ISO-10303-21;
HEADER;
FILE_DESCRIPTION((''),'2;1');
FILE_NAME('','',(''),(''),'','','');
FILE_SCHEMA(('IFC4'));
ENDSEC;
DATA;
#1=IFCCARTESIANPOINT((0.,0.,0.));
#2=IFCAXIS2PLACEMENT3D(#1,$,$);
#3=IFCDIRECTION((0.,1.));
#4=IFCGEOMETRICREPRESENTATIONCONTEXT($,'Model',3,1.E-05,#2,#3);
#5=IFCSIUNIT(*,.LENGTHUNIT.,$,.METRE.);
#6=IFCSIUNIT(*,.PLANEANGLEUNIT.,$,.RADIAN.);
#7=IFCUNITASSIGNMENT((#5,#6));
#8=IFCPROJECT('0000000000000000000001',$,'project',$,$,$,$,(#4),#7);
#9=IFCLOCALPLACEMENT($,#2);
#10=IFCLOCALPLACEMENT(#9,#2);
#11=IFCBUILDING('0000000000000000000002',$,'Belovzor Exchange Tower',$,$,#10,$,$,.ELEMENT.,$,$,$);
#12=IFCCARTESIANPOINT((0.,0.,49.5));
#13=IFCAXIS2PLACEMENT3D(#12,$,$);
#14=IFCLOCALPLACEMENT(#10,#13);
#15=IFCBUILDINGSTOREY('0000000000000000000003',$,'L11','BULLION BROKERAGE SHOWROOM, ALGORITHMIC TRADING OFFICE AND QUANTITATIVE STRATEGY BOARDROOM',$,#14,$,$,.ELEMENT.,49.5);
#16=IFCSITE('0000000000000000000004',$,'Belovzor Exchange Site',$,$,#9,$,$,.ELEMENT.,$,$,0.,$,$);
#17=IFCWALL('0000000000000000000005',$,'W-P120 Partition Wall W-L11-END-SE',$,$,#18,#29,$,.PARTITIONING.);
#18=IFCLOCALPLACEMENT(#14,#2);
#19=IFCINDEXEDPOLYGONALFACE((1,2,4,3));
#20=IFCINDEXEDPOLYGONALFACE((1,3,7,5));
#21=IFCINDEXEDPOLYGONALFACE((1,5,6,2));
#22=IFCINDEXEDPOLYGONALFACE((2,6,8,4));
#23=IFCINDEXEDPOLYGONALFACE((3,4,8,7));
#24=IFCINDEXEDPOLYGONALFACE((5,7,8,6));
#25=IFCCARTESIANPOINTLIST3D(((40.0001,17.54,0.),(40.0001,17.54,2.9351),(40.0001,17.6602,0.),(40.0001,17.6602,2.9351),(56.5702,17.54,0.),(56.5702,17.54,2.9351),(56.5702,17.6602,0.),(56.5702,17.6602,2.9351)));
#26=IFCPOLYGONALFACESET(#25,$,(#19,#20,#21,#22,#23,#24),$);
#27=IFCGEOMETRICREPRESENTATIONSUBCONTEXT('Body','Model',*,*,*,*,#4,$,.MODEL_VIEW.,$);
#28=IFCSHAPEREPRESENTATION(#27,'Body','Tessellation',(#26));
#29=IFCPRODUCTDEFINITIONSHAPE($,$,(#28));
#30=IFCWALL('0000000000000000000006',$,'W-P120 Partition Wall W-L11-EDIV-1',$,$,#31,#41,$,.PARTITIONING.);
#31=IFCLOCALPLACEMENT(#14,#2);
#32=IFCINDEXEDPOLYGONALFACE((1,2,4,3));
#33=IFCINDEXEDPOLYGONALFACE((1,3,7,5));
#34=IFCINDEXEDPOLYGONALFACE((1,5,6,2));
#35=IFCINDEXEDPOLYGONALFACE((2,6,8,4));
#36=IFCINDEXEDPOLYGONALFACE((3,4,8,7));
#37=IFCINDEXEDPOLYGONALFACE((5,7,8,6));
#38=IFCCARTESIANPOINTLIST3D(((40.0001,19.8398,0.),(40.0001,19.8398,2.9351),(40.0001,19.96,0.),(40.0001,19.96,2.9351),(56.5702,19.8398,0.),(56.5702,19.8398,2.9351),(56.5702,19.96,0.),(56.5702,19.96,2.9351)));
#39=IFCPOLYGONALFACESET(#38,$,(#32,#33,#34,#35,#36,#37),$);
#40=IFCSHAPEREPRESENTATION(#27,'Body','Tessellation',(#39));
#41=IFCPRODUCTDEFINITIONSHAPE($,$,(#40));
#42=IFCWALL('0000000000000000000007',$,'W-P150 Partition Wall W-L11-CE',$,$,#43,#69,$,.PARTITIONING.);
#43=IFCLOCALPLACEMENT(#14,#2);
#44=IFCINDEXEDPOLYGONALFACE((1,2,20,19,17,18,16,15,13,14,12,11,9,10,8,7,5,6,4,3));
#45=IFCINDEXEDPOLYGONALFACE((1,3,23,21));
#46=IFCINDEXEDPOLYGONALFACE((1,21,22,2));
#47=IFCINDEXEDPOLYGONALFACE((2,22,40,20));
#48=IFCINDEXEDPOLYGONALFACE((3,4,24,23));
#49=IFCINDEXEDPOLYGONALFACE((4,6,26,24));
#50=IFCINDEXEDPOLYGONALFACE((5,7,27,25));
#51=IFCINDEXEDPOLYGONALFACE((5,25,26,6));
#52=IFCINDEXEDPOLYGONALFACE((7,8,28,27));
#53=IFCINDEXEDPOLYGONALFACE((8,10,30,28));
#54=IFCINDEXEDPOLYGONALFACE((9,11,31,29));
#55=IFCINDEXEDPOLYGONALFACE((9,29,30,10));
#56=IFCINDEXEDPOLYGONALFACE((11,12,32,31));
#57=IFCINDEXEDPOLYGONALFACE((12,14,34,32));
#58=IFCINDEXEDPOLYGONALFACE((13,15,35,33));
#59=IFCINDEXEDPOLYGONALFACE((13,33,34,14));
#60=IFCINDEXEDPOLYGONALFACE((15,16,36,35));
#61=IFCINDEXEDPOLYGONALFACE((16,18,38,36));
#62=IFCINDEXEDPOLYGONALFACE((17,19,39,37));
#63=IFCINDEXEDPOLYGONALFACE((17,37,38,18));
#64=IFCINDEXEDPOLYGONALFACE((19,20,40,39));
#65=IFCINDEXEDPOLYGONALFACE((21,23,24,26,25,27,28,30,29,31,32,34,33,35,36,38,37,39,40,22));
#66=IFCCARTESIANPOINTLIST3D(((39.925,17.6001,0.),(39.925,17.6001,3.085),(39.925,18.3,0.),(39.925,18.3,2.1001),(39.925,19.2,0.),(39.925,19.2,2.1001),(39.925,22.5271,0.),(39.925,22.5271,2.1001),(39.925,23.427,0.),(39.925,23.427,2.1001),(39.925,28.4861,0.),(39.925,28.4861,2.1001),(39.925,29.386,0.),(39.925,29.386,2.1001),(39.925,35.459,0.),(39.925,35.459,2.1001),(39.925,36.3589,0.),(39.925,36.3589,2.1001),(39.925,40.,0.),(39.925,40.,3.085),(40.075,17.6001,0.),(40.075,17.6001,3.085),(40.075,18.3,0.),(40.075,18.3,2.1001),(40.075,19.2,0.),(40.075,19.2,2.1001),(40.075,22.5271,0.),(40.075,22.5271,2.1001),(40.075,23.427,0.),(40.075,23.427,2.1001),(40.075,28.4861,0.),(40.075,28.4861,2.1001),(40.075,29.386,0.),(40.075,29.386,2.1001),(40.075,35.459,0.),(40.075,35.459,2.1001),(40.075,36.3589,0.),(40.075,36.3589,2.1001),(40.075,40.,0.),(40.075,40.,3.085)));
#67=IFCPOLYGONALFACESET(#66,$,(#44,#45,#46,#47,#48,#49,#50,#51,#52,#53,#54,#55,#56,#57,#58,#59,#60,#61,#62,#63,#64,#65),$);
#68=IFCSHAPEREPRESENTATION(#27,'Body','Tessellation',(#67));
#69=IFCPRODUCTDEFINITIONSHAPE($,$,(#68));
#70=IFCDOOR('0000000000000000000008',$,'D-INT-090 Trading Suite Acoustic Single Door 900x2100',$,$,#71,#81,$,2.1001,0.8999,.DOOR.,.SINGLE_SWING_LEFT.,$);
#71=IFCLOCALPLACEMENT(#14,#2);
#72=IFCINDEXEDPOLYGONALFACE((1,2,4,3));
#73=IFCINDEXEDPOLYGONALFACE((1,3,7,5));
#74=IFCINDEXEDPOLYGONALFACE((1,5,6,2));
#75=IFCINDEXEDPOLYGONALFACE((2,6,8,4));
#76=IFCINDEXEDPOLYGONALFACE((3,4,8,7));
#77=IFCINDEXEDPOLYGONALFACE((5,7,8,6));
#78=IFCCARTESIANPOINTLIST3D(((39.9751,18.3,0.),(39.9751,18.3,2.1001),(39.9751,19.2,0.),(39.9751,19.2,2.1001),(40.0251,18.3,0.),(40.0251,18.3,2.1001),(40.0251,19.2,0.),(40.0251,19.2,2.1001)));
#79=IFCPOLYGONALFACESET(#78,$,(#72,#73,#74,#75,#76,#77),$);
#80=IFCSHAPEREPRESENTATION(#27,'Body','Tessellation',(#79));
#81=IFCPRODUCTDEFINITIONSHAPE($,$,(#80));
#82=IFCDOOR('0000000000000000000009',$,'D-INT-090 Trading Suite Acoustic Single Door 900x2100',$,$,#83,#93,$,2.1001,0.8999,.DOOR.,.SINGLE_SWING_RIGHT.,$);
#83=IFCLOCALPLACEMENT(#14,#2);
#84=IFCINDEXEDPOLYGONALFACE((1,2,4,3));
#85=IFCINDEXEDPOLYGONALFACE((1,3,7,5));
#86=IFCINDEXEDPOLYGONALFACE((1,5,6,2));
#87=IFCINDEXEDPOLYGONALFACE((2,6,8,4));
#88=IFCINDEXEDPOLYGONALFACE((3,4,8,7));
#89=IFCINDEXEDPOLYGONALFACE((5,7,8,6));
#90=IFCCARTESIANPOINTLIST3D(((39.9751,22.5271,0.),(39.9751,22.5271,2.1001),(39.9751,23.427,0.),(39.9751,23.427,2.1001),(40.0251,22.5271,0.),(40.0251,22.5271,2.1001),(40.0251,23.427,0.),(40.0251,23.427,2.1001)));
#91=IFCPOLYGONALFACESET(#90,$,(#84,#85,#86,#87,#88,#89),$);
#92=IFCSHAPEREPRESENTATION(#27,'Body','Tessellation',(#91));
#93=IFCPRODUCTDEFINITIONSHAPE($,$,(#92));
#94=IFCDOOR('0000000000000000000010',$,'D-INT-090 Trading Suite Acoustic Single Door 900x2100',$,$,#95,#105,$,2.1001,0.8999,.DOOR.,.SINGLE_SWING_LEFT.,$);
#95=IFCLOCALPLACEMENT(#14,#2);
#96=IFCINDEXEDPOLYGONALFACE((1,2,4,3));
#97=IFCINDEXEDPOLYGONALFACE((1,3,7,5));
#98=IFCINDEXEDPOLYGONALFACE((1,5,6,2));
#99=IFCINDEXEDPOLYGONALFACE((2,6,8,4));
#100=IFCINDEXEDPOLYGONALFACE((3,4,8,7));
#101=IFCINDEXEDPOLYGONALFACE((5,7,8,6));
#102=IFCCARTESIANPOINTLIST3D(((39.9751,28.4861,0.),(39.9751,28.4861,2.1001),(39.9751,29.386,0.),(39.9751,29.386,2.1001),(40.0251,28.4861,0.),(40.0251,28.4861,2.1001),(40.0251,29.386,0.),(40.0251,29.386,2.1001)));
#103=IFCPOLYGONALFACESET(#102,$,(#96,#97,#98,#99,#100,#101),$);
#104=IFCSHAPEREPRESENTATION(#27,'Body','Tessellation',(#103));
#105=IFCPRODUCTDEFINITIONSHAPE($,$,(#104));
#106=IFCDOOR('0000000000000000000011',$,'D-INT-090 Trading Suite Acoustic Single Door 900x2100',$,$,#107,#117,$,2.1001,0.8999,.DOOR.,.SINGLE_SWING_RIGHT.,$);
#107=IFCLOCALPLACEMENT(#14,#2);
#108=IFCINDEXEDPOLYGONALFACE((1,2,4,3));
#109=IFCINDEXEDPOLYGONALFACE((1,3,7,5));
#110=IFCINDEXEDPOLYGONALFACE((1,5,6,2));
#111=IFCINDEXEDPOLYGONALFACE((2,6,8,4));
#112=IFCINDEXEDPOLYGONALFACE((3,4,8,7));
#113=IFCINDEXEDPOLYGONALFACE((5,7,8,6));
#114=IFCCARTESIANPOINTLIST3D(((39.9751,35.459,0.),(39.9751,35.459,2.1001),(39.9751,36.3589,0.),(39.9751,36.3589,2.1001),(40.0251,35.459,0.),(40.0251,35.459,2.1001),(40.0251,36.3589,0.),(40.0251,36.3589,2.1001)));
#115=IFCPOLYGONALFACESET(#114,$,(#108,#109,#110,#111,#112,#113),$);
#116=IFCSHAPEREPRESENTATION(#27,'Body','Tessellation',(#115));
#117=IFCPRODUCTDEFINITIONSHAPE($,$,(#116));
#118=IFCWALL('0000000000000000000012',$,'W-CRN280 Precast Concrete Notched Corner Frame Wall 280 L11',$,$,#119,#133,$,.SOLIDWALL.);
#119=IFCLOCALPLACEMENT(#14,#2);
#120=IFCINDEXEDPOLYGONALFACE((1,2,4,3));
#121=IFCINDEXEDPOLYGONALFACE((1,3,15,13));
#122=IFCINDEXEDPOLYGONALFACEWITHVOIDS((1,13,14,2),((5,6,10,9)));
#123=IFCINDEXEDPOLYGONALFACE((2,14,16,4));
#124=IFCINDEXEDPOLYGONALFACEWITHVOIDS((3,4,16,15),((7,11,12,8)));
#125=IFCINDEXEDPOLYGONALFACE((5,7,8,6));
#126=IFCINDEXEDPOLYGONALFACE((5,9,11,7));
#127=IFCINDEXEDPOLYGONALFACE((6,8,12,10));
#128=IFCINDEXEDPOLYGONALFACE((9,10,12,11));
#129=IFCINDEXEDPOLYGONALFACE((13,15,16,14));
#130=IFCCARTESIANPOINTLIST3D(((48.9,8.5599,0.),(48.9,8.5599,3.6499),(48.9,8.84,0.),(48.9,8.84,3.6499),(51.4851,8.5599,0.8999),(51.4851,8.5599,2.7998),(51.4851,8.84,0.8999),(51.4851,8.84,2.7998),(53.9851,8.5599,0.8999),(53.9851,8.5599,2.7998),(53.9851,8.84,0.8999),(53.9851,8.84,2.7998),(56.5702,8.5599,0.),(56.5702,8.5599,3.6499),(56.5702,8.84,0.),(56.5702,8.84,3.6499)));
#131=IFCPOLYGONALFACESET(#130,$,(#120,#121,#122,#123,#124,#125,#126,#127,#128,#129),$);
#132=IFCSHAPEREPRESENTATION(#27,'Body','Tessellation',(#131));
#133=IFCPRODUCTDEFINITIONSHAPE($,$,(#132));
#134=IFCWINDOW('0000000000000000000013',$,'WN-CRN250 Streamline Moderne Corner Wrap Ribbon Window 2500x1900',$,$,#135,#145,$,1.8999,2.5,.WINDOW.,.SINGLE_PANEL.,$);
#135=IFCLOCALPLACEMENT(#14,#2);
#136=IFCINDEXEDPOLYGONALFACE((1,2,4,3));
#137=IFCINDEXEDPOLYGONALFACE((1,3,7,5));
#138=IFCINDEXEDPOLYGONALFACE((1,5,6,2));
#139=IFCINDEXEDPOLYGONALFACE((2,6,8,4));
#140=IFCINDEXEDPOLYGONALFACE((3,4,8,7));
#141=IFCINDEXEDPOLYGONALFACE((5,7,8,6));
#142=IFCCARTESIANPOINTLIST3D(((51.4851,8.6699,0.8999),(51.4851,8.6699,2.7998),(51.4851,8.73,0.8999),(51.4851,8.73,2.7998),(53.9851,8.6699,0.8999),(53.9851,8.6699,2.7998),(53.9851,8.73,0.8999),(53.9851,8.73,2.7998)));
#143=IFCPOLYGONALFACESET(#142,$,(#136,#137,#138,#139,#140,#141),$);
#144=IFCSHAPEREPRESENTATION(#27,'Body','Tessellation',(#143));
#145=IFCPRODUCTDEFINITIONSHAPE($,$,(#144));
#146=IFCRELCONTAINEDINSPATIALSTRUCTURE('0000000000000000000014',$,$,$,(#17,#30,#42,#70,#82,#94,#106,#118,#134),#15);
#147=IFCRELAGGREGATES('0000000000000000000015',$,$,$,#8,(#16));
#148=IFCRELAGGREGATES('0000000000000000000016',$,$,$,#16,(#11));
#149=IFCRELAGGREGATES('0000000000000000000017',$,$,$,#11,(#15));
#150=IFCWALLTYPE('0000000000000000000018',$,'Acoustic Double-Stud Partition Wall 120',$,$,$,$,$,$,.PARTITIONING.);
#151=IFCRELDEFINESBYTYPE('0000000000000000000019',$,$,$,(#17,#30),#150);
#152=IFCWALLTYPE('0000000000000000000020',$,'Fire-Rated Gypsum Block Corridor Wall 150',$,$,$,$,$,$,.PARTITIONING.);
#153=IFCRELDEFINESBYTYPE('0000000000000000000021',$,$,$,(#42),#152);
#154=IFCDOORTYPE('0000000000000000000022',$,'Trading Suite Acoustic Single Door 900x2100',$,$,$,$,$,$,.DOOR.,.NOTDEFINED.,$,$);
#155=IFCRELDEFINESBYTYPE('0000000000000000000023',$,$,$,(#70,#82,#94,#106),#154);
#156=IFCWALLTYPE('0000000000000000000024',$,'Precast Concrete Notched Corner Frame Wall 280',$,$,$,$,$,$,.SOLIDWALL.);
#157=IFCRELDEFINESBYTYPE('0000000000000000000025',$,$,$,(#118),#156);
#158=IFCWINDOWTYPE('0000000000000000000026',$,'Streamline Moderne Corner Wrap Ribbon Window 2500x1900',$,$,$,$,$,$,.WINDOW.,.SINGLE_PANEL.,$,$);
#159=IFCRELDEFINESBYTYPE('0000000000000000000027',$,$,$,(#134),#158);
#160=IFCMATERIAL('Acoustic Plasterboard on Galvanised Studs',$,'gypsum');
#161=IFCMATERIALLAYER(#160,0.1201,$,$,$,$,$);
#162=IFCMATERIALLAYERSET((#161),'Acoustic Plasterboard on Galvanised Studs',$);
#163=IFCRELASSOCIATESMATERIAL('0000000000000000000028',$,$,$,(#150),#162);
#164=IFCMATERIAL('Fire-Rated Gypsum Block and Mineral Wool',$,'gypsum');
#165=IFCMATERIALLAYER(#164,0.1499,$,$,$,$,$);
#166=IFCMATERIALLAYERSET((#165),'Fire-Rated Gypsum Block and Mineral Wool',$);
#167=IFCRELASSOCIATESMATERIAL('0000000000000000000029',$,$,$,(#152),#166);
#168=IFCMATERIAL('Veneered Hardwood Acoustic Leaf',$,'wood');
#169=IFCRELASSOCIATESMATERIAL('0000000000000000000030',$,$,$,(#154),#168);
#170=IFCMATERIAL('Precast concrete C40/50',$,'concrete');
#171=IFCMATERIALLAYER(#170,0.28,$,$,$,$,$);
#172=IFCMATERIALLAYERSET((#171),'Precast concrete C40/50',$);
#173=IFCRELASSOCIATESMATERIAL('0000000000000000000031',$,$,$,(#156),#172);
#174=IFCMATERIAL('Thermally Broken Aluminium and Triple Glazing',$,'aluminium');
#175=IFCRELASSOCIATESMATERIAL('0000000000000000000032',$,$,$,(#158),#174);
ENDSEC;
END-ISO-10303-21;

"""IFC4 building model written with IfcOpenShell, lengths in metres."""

from ifc_helpers import new_model, si_unit, direction, frame, frame_2d, origin, place, context, subcontext, project, spatial, rectangle, extrude, material, layer, layer_set, type_object, element, fill, save


model = new_model("IFC4")

# Units and contexts
model_context = context("Model", 3, precision=1e-05, world=origin(), true_north=direction((0.0, 1.0)))
body_context = subcontext(model_context, "Body", "Model", "MODEL_VIEW")
ifc_project = project(units=[si_unit("LENGTHUNIT", "METRE"), si_unit("PLANEANGLEUNIT", "RADIAN")], contexts=[model_context])

# Site, building, storey
site_placement = place(None, origin())
site = spatial("IfcSite", under=ifc_project, at=site_placement, Name="Belovzor Exchange Site", CompositionType="ELEMENT", RefElevation=0.0)
building_placement = place(site_placement, origin())
building = spatial("IfcBuilding", under=site, at=building_placement, Name="Belovzor Exchange Tower", CompositionType="ELEMENT")
storey_placement = place(building_placement, frame((0.0, 0.0, 49.5)))
storey = spatial("IfcBuildingStorey", under=building, at=storey_placement, Name="L11", Description="BULLION BROKERAGE SHOWROOM, ALGORITHMIC TRADING OFFICE AND QUANTITATIVE STRATEGY BOARDROOM", CompositionType="ELEMENT", Elevation=49.5)

# Walls
ifc_material_1 = material(Name="Acoustic Plasterboard on Galvanised Studs", Category="gypsum")
ifc_layer_1 = layer(ifc_material_1, 0.1201)
ifc_layer_set_1 = layer_set([ifc_layer_1], Name="Acoustic Plasterboard on Galvanised Studs")
wall_type_1 = type_object("IfcWallType", Name="Acoustic Double-Stud Partition Wall 120", PredefinedType="PARTITIONING", material=ifc_layer_set_1)
for number, where, z_axis, x_axis, name in (
    (1, (40.0, 17.6001, 0.0), (0.0, 0.0, 1.0), (1.0, 0.0, 0.0), "W-P120 Partition Wall W-L11-END-SE"),
    (2, (40.0, 19.8999, 0.0), (0.0, 0.0, 1.0), (1.0, 0.0, 0.0), "W-P120 Partition Wall W-L11-EDIV-1"),
):
    element("IfcWall", number, at=place(storey_placement, frame(where, z_axis=z_axis, x_axis=x_axis)), inside=storey, type_object=wall_type_1, Name=name, PredefinedType="PARTITIONING", context=body_context, shape_type="SweptSolid", body=[
        extrude(rectangle(XDim=16.5701, YDim=0.1201, at=frame_2d((8.2852, 0.0))), origin(), (0.0, 0.0, 1.0), 2.9351),
    ])

# Wall, openings, doors
ifc_material_2 = material(Name="Fire-Rated Gypsum Block and Mineral Wool", Category="gypsum")
ifc_layer_2 = layer(ifc_material_2, 0.1499)
ifc_layer_set_2 = layer_set([ifc_layer_2], Name="Fire-Rated Gypsum Block and Mineral Wool")
wall_type_2 = type_object("IfcWallType", Name="Fire-Rated Gypsum Block Corridor Wall 150", PredefinedType="PARTITIONING", material=ifc_layer_set_2)
wall_1_placement = place(storey_placement, frame((40.0, 17.6001, 0.0), z_axis=(0.0, 0.0, 1.0), x_axis=(0.0, 1.0, 0.0)))
wall_1 = element("IfcWall", 3, at=wall_1_placement, inside=storey, type_object=wall_type_2, Name="W-P150 Partition Wall W-L11-CE", PredefinedType="PARTITIONING", context=body_context, shape_type="SweptSolid", body=[
    extrude(rectangle(XDim=22.3999, YDim=0.1499, at=frame_2d((11.2, 0.0))), origin(), (0.0, 0.0, 1.0), 3.085),
])
opening_1_placement = place(wall_1_placement, frame((0.7, 0.0, 0.0)))
opening_1 = element("IfcOpeningElement", 4, at=opening_1_placement, cuts=wall_1, PredefinedType="OPENING", context=body_context, shape_type="SweptSolid", body=[
    extrude(rectangle(XDim=0.8999, YDim=2.1001, at=frame_2d((0.45, 1.05))), frame((0.0, 0.085, 0.0), z_axis=(0.0, -1.0, 0.0), x_axis=(1.0, 0.0, 0.0)), (0.0, 0.0, 1.0), 0.1699),
])
opening_2_placement = place(wall_1_placement, frame((4.927, 0.0, 0.0)))
opening_2 = element("IfcOpeningElement", 5, at=opening_2_placement, cuts=wall_1, PredefinedType="OPENING", context=body_context, shape_type="SweptSolid", body=[
    extrude(rectangle(XDim=0.8999, YDim=2.1001, at=frame_2d((0.45, 1.05))), frame((0.0, 0.085, 0.0), z_axis=(0.0, -1.0, 0.0), x_axis=(1.0, 0.0, 0.0)), (0.0, 0.0, 1.0), 0.1699),
])
opening_3_placement = place(wall_1_placement, frame((10.886, 0.0, 0.0)))
opening_3 = element("IfcOpeningElement", 6, at=opening_3_placement, cuts=wall_1, PredefinedType="OPENING", context=body_context, shape_type="SweptSolid", body=[
    extrude(rectangle(XDim=0.8999, YDim=2.1001, at=frame_2d((0.45, 1.05))), frame((0.0, 0.085, 0.0), z_axis=(0.0, -1.0, 0.0), x_axis=(1.0, 0.0, 0.0)), (0.0, 0.0, 1.0), 0.1699),
])
opening_4_placement = place(wall_1_placement, frame((17.8589, 0.0, 0.0)))
opening_4 = element("IfcOpeningElement", 7, at=opening_4_placement, cuts=wall_1, PredefinedType="OPENING", context=body_context, shape_type="SweptSolid", body=[
    extrude(rectangle(XDim=0.8999, YDim=2.1001, at=frame_2d((0.45, 1.05))), frame((0.0, 0.085, 0.0), z_axis=(0.0, -1.0, 0.0), x_axis=(1.0, 0.0, 0.0)), (0.0, 0.0, 1.0), 0.1699),
])
ifc_material_3 = material(Name="Veneered Hardwood Acoustic Leaf", Category="wood")
door_type_1 = type_object("IfcDoorType", Name="Trading Suite Acoustic Single Door 900x2100", OperationType="NOTDEFINED", PredefinedType="DOOR", material=ifc_material_3)
door_1_placement = place(opening_1_placement, origin())
door_1 = element("IfcDoor", 8, at=door_1_placement, inside=storey, type_object=door_type_1, Name="D-INT-090 Trading Suite Acoustic Single Door 900x2100", OperationType="SINGLE_SWING_LEFT", OverallHeight=2.1001, OverallWidth=0.8999, PredefinedType="DOOR", context=body_context, shape_type="SweptSolid", body=[
    extrude(rectangle(XDim=0.8999, YDim=2.1001, at=frame_2d((0.45, 1.05))), frame((0.0, 0.0249, 0.0), z_axis=(0.0, -1.0, 0.0), x_axis=(1.0, 0.0, 0.0)), (0.0, 0.0, 1.0), 0.05),
])
fill(opening_1, door_1)
door_2_placement = place(opening_2_placement, origin())
door_2 = element("IfcDoor", 9, at=door_2_placement, inside=storey, type_object=door_type_1, Name="D-INT-090 Trading Suite Acoustic Single Door 900x2100", OperationType="SINGLE_SWING_RIGHT", OverallHeight=2.1001, OverallWidth=0.8999, PredefinedType="DOOR", context=body_context, shape_type="SweptSolid", body=[
    extrude(rectangle(XDim=0.8999, YDim=2.1001, at=frame_2d((0.45, 1.05))), frame((0.0, 0.0249, 0.0), z_axis=(0.0, -1.0, 0.0), x_axis=(1.0, 0.0, 0.0)), (0.0, 0.0, 1.0), 0.05),
])
fill(opening_2, door_2)
door_3_placement = place(opening_3_placement, origin())
door_3 = element("IfcDoor", 10, at=door_3_placement, inside=storey, type_object=door_type_1, Name="D-INT-090 Trading Suite Acoustic Single Door 900x2100", OperationType="SINGLE_SWING_LEFT", OverallHeight=2.1001, OverallWidth=0.8999, PredefinedType="DOOR", context=body_context, shape_type="SweptSolid", body=[
    extrude(rectangle(XDim=0.8999, YDim=2.1001, at=frame_2d((0.45, 1.05))), frame((0.0, 0.0249, 0.0), z_axis=(0.0, -1.0, 0.0), x_axis=(1.0, 0.0, 0.0)), (0.0, 0.0, 1.0), 0.05),
])
fill(opening_3, door_3)
door_4_placement = place(opening_4_placement, origin())
door_4 = element("IfcDoor", 11, at=door_4_placement, inside=storey, type_object=door_type_1, Name="D-INT-090 Trading Suite Acoustic Single Door 900x2100", OperationType="SINGLE_SWING_RIGHT", OverallHeight=2.1001, OverallWidth=0.8999, PredefinedType="DOOR", context=body_context, shape_type="SweptSolid", body=[
    extrude(rectangle(XDim=0.8999, YDim=2.1001, at=frame_2d((0.45, 1.05))), frame((0.0, 0.0249, 0.0), z_axis=(0.0, -1.0, 0.0), x_axis=(1.0, 0.0, 0.0)), (0.0, 0.0, 1.0), 0.05),
])
fill(opening_4, door_4)

# Wall, opening, window
ifc_material_4 = material(Name="Precast concrete C40/50", Category="concrete")
ifc_layer_3 = layer(ifc_material_4, 0.28)
ifc_layer_set_3 = layer_set([ifc_layer_3], Name="Precast concrete C40/50")
wall_type_3 = type_object("IfcWallType", Name="Precast Concrete Notched Corner Frame Wall 280", PredefinedType="SOLIDWALL", material=ifc_layer_set_3)
wall_2_placement = place(storey_placement, frame((56.5701, 8.7, 0.0), z_axis=(0.0, 0.0, 1.0), x_axis=(-1.0, 0.0, 0.0)))
wall_2 = element("IfcWall", 12, at=wall_2_placement, inside=storey, type_object=wall_type_3, Name="W-CRN280 Precast Concrete Notched Corner Frame Wall 280 L11", PredefinedType="SOLIDWALL", context=body_context, shape_type="SweptSolid", body=[
    extrude(rectangle(XDim=7.6702, YDim=0.28, at=frame_2d((3.835, 0.0))), origin(), (0.0, 0.0, 1.0), 3.6499),
])
opening_5_placement = place(wall_2_placement, frame((2.585, 0.0, 0.8999)))
opening_5 = element("IfcOpeningElement", 13, at=opening_5_placement, cuts=wall_2, PredefinedType="OPENING", context=body_context, shape_type="SweptSolid", body=[
    extrude(rectangle(XDim=2.5, YDim=1.8999, at=frame_2d((1.25, 0.95))), frame((0.0, 0.1499, 0.0), z_axis=(0.0, -1.0, 0.0), x_axis=(1.0, 0.0, 0.0)), (0.0, 0.0, 1.0), 0.3),
])
ifc_material_5 = material(Name="Thermally Broken Aluminium and Triple Glazing", Category="aluminium")
window_type = type_object("IfcWindowType", Name="Streamline Moderne Corner Wrap Ribbon Window 2500x1900", PartitioningType="SINGLE_PANEL", PredefinedType="WINDOW", material=ifc_material_5)
window_1_placement = place(opening_5_placement, origin())
window_1 = element("IfcWindow", 14, at=window_1_placement, inside=storey, type_object=window_type, Name="WN-CRN250 Streamline Moderne Corner Wrap Ribbon Window 2500x1900", OverallHeight=1.8999, OverallWidth=2.5, PartitioningType="SINGLE_PANEL", PredefinedType="WINDOW", context=body_context, shape_type="SweptSolid", body=[
    extrude(rectangle(XDim=2.5, YDim=1.8999, at=frame_2d((1.25, 0.95))), frame((0.0, 0.03, 0.0), z_axis=(0.0, -1.0, 0.0), x_axis=(1.0, 0.0, 0.0)), (0.0, 0.0, 1.0), 0.0601),
])
fill(opening_5, window_1)

save(model, "model.ifc")
